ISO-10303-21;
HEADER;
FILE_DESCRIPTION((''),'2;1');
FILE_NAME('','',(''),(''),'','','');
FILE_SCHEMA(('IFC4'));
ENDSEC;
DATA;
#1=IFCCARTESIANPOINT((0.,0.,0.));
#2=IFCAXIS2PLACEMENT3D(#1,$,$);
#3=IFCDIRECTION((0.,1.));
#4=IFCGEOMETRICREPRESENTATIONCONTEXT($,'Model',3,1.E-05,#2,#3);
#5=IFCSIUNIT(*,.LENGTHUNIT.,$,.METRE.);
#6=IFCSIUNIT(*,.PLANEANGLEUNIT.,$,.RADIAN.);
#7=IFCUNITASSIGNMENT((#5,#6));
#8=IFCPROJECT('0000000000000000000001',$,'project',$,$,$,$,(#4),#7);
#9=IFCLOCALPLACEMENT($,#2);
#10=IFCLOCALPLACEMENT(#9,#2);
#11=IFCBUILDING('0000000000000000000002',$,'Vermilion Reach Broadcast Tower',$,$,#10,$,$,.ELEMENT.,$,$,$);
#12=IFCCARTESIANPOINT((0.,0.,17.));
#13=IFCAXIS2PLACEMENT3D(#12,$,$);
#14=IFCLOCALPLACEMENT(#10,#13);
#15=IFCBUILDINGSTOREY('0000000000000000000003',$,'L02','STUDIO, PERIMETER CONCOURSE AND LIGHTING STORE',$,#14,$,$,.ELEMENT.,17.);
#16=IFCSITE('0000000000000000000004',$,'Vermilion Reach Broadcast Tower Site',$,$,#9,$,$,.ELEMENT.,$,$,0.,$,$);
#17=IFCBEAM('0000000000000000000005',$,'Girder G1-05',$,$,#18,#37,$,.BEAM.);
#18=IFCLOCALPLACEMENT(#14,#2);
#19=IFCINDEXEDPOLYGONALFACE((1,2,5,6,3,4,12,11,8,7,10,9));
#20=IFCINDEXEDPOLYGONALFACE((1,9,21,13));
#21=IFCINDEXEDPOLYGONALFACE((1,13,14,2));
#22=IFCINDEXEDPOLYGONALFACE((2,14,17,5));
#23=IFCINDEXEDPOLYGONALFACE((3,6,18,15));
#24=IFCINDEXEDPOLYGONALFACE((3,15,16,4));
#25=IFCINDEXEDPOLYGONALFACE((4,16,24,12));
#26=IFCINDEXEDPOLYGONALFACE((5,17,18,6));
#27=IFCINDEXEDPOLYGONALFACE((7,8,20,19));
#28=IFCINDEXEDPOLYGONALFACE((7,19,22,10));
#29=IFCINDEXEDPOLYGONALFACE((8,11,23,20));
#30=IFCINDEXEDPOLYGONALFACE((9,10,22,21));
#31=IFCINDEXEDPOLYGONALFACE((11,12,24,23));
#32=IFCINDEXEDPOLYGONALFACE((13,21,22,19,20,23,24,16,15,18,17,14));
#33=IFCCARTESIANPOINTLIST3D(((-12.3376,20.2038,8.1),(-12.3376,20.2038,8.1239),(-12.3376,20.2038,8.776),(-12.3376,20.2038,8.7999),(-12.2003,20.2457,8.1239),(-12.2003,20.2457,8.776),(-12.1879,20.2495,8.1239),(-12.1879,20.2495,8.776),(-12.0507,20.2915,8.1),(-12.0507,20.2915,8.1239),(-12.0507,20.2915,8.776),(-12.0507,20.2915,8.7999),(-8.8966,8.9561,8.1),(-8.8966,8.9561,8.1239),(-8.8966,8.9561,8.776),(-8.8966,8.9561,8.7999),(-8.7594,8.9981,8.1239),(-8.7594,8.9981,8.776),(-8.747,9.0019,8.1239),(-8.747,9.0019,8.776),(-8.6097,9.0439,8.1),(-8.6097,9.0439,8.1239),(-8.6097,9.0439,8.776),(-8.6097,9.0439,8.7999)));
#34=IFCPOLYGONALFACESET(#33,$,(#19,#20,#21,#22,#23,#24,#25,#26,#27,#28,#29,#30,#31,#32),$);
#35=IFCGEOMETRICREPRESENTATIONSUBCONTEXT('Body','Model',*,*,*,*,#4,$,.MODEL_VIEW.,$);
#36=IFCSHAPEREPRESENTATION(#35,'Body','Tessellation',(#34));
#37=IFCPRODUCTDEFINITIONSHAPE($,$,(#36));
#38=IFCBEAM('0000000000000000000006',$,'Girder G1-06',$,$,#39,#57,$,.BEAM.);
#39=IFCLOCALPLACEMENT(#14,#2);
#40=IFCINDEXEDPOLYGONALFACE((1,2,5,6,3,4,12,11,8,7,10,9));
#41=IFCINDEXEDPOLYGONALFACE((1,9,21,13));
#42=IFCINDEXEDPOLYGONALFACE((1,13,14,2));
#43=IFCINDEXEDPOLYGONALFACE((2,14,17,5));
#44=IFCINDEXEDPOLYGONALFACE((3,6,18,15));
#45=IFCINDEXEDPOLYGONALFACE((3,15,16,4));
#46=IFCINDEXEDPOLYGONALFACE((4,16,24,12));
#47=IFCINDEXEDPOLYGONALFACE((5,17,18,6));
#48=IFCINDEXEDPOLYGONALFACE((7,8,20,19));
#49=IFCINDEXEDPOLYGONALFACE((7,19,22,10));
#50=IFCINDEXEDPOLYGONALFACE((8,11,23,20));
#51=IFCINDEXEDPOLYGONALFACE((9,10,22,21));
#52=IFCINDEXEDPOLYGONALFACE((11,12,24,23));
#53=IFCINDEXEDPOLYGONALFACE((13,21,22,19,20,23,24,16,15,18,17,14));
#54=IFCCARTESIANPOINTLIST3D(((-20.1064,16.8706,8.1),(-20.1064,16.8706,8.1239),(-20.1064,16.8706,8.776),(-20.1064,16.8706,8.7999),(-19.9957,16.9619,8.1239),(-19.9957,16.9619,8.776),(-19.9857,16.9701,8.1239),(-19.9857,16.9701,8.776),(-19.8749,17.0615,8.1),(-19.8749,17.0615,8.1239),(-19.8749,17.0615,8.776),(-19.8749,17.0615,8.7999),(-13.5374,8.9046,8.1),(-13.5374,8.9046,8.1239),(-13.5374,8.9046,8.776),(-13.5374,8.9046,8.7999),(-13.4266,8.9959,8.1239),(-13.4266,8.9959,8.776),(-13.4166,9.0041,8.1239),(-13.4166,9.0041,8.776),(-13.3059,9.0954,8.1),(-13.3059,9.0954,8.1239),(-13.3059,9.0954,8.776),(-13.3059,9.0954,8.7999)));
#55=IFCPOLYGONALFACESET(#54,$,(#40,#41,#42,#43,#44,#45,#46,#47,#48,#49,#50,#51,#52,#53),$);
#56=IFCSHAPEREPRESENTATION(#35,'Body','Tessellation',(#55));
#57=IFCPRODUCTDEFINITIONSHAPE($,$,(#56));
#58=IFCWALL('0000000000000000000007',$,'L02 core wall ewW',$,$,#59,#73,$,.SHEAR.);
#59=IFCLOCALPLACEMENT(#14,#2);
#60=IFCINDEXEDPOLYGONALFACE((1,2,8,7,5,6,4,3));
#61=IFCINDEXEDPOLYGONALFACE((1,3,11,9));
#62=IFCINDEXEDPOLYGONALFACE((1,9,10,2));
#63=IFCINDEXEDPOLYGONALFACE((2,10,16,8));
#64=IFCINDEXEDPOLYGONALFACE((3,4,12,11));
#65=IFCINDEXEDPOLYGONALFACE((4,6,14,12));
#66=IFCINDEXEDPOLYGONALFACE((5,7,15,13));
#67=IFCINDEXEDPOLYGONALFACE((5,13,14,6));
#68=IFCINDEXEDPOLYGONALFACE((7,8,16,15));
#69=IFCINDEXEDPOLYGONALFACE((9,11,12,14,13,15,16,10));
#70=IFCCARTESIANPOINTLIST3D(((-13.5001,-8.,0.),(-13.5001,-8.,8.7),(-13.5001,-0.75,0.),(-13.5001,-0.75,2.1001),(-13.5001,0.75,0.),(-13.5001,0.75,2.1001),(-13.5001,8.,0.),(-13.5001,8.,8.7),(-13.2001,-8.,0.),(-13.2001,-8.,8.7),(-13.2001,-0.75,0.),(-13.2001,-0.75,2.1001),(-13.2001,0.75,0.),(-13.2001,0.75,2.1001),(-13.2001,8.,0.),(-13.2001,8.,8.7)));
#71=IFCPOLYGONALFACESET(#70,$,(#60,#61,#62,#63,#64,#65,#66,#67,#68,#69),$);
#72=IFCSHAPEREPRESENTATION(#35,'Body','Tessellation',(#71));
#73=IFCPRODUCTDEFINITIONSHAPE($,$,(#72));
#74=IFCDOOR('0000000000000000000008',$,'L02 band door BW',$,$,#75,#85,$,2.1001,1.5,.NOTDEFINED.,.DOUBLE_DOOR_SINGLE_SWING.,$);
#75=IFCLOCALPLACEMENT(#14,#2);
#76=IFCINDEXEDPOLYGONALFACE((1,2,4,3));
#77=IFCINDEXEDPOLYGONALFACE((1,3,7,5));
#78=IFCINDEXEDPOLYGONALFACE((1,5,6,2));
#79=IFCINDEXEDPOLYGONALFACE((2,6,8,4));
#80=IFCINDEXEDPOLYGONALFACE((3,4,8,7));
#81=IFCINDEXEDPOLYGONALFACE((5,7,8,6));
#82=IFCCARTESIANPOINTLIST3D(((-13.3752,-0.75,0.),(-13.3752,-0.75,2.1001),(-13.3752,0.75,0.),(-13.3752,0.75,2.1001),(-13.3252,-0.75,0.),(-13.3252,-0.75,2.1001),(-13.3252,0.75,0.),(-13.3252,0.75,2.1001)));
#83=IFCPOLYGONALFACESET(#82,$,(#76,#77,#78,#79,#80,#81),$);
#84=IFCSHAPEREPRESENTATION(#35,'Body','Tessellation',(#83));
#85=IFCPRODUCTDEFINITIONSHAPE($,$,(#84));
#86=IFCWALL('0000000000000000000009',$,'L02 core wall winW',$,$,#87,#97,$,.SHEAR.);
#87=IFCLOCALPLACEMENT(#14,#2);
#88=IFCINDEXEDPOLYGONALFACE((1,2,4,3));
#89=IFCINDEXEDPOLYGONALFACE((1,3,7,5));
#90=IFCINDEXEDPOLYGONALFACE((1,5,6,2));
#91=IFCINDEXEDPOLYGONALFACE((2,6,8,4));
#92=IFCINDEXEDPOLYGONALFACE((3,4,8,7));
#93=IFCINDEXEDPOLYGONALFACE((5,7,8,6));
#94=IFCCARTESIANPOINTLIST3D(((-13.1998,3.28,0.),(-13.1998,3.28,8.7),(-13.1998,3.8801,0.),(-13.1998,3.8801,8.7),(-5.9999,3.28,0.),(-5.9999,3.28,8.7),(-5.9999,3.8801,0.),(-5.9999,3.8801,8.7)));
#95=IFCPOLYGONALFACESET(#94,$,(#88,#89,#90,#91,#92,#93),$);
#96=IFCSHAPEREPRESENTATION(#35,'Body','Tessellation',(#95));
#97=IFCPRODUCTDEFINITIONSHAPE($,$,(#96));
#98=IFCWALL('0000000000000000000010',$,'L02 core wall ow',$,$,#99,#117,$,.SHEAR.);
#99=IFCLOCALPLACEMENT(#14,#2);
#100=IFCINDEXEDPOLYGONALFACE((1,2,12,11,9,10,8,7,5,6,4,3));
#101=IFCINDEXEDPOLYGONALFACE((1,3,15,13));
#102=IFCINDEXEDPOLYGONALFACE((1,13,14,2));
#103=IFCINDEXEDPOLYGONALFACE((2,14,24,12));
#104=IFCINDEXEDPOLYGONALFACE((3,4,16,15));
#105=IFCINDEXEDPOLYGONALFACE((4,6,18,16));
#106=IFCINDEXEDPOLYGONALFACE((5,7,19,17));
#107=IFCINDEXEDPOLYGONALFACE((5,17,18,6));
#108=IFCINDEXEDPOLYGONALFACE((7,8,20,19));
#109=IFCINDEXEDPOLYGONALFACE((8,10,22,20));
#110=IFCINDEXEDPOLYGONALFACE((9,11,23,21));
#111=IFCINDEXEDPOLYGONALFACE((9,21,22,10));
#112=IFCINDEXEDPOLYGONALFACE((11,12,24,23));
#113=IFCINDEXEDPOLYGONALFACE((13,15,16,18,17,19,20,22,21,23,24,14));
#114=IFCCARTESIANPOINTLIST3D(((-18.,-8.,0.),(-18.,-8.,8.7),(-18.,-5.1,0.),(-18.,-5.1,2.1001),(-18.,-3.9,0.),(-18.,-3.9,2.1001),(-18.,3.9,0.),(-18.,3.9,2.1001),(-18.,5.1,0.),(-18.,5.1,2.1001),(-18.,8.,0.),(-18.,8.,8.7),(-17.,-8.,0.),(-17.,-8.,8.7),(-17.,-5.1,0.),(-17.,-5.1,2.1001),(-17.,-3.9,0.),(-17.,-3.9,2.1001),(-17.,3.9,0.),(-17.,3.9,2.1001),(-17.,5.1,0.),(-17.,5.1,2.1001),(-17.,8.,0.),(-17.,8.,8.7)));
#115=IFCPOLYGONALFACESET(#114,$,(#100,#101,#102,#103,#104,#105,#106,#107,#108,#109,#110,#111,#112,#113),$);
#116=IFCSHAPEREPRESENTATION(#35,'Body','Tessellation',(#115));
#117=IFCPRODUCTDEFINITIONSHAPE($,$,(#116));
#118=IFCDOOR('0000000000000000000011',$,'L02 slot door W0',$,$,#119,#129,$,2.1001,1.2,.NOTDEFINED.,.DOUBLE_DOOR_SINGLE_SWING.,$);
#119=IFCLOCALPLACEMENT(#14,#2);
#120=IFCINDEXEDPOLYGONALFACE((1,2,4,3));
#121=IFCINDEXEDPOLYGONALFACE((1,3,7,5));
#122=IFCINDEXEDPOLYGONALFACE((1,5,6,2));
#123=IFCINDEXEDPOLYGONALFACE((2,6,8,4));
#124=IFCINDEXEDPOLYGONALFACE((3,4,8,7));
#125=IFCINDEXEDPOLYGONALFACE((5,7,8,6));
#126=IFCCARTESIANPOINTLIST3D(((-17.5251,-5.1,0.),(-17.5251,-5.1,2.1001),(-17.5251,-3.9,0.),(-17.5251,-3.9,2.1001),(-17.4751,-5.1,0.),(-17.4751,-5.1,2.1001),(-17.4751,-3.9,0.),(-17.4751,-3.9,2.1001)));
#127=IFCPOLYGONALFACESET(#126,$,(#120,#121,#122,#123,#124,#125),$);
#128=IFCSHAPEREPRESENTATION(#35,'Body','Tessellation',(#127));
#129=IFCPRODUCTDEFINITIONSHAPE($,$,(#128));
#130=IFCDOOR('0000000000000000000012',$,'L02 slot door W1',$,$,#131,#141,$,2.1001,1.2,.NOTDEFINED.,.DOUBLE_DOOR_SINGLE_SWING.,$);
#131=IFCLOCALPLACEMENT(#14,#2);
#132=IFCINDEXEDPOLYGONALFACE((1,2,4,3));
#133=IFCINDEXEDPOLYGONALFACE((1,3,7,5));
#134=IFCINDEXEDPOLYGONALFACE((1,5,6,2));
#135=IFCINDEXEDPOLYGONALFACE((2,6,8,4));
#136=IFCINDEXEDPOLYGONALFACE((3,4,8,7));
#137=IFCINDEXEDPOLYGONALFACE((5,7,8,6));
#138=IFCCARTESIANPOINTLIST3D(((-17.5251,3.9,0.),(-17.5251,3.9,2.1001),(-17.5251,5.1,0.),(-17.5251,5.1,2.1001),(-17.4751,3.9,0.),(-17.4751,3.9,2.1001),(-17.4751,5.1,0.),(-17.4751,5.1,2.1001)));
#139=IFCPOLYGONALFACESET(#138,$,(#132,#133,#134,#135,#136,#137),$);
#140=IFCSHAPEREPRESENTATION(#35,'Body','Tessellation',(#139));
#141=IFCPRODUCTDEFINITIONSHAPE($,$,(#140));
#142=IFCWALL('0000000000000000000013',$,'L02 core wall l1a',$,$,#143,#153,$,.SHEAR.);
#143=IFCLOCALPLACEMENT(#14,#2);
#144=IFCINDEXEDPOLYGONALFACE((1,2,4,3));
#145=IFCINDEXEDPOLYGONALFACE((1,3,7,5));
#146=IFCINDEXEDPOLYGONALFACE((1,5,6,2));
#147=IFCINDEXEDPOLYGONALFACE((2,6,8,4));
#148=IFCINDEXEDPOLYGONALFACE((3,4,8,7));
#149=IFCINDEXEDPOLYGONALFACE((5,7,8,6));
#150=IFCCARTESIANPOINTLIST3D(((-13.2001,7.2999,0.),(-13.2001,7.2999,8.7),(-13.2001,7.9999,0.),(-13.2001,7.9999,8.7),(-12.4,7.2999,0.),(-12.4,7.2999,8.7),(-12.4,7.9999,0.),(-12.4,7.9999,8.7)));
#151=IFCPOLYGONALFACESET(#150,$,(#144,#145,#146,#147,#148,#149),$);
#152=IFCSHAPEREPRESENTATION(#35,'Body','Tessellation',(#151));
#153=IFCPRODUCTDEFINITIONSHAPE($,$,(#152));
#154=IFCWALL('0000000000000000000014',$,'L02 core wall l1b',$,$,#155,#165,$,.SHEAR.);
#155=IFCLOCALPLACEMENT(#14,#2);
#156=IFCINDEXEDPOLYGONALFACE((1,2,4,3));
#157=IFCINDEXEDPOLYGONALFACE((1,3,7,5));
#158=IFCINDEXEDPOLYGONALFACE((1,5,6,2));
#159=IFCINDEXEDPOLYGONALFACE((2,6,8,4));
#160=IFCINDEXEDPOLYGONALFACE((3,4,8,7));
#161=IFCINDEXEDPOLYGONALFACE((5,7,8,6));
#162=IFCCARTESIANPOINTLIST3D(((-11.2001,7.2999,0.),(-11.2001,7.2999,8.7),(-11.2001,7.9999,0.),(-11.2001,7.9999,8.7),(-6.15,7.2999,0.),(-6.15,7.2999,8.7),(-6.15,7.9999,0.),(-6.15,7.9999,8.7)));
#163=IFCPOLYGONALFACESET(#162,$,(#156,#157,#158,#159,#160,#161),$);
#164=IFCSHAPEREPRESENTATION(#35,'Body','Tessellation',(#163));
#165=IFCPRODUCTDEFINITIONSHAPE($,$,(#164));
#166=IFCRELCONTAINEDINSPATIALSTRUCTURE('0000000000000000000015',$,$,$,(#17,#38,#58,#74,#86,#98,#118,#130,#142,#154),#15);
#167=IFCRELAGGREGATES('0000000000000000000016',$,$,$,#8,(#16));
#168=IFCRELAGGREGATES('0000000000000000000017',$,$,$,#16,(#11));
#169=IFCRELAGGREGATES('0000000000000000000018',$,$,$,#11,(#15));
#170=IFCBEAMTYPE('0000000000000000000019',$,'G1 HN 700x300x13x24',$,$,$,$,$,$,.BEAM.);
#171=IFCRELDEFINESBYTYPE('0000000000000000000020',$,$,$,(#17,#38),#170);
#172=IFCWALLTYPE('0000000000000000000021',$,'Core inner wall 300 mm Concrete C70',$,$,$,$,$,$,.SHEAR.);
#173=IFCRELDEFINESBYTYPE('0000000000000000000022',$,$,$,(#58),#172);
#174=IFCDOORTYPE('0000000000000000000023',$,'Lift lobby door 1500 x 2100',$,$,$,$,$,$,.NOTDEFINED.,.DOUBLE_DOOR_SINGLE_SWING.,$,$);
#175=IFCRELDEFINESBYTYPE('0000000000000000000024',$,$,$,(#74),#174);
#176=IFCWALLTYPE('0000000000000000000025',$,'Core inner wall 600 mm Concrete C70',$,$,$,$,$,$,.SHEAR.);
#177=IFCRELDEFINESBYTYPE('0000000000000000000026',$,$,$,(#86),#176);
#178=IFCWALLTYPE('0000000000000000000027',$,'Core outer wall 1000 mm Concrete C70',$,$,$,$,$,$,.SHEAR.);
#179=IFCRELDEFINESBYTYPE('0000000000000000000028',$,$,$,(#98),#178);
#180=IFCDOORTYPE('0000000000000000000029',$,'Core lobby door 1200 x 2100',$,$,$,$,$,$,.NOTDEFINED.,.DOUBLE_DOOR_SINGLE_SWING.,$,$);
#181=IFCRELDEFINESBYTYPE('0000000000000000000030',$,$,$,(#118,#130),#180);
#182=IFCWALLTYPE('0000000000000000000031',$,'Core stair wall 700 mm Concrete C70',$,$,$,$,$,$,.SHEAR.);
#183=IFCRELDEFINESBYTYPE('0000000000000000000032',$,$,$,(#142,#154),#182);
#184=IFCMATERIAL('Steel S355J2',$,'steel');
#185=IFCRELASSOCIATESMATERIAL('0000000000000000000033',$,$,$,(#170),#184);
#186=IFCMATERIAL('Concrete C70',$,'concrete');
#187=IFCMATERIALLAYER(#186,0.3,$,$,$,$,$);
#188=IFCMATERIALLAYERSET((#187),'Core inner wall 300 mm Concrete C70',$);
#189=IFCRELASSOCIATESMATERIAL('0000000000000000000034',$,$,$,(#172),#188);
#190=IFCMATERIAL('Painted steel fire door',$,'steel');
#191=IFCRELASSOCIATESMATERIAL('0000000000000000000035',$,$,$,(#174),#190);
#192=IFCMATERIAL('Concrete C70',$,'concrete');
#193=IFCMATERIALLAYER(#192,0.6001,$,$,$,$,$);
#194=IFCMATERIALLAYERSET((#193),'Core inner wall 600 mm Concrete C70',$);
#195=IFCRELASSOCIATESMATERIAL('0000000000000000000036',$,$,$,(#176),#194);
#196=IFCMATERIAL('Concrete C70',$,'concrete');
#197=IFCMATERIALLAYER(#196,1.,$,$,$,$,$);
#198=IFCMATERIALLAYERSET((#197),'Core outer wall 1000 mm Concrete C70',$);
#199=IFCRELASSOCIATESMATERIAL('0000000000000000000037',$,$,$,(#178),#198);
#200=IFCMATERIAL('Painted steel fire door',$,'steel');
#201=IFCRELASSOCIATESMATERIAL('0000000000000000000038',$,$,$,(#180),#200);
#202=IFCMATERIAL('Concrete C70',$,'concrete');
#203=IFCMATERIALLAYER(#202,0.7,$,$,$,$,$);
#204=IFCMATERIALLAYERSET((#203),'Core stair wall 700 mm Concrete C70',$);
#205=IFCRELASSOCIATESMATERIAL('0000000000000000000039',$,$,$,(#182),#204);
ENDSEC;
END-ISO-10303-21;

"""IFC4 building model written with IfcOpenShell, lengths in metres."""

from ifc_helpers import new_model, si_unit, direction, frame, frame_2d, origin, origin_2d, place, context, subcontext, project, spatial, rectangle, i_section, extrude, material, layer, layer_set, material_profile, profile_set, type_object, element, fill, save


model = new_model("IFC4")

# Units and contexts
model_context = context("Model", 3, precision=1e-05, world=origin(), true_north=direction((0.0, 1.0)))
body_context = subcontext(model_context, "Body", "Model", "MODEL_VIEW")
ifc_project = project(units=[si_unit("LENGTHUNIT", "METRE"), si_unit("PLANEANGLEUNIT", "RADIAN")], contexts=[model_context])

# Site, building, storey
site_placement = place(None, origin())
site = spatial("IfcSite", under=ifc_project, at=site_placement, Name="Vermilion Reach Broadcast Tower Site", CompositionType="ELEMENT", RefElevation=0.0)
building_placement = place(site_placement, origin())
building = spatial("IfcBuilding", under=site, at=building_placement, Name="Vermilion Reach Broadcast Tower", CompositionType="ELEMENT")
storey_placement = place(building_placement, frame((0.0, 0.0, 17.0)))
storey = spatial("IfcBuildingStorey", under=building, at=storey_placement, Name="L02", Description="STUDIO, PERIMETER CONCOURSE AND LIGHTING STORE", CompositionType="ELEMENT", Elevation=17.0)

# Beams
ifc_material_1 = material(Name="Steel S355J2", Category="steel")
ifc_material_profile = material_profile(ifc_material_1, i_section(OverallWidth=0.3, OverallDepth=0.7, WebThickness=0.0129, FlangeThickness=0.0239, at=origin_2d()), Name="S355J2 HN 700x300x13x24")
ifc_profile_set = profile_set([ifc_material_profile], Name="Steel S355J2")
beam_type = type_object("IfcBeamType", Name="G1 HN 700x300x13x24", PredefinedType="BEAM", material=ifc_profile_set)
beam_1_placement = place(storey_placement, frame((-8.7532, 9.0, 8.45), z_axis=(-0.292542, 0.956253, 0.0), x_axis=(-0.956253, -0.292542, 0.0)))
element("IfcBeam", 1, at=beam_1_placement, inside=storey, type_object=beam_type, Name="Girder G1-05", PredefinedType="BEAM", context=body_context, shape_type="SweptSolid", body=[
    extrude(i_section(OverallWidth=0.3, OverallDepth=0.7, WebThickness=0.0129, FlangeThickness=0.0239, at=origin_2d()), origin(), (0.0, 0.0, 1.0), 11.7622),
])
beam_2_placement = place(storey_placement, frame((-13.4216, 9.0, 8.45), z_axis=(-0.636215, 0.771512, 0.0), x_axis=(-0.771512, -0.636215, 0.0)))
element("IfcBeam", 2, at=beam_2_placement, inside=storey, type_object=beam_type, Name="Girder G1-06", PredefinedType="BEAM", context=body_context, shape_type="SweptSolid", body=[
    extrude(i_section(OverallWidth=0.3, OverallDepth=0.7, WebThickness=0.0129, FlangeThickness=0.0239, at=origin_2d()), origin(), (0.0, 0.0, 1.0), 10.3252),
])

# Wall, opening, door
ifc_material_2 = material(Name="Concrete C70", Category="concrete")
ifc_layer_1 = layer(ifc_material_2, 0.3)
ifc_layer_set_1 = layer_set([ifc_layer_1], Name="Core inner wall 300 mm Concrete C70")
wall_type_1 = type_object("IfcWallType", Name="Core inner wall 300 mm Concrete C70", PredefinedType="SHEAR", material=ifc_layer_set_1)
wall_1_placement = place(storey_placement, frame((-13.3501, 8.0, 0.0), z_axis=(0.0, 0.0, 1.0), x_axis=(0.0, -1.0, 0.0)))
wall_1 = element("IfcWall", 3, at=wall_1_placement, inside=storey, type_object=wall_type_1, Name="L02 core wall ewW", PredefinedType="SHEAR", context=body_context, shape_type="SweptSolid", body=[
    extrude(rectangle(XDim=16.0, YDim=0.3, at=frame_2d((8.0, 0.0))), origin(), (0.0, 0.0, 1.0), 8.7),
])
opening_1_placement = place(wall_1_placement, frame((7.25, 0.0, 0.0)))
opening_1 = element("IfcOpeningElement", 4, at=opening_1_placement, cuts=wall_1, PredefinedType="OPENING", context=body_context, shape_type="SweptSolid", body=[
    extrude(rectangle(XDim=1.5, YDim=2.1001, at=frame_2d((0.75, 1.05))), frame((0.0, 0.1599, 0.0), z_axis=(0.0, -1.0, 0.0), x_axis=(1.0, 0.0, 0.0)), (0.0, 0.0, 1.0), 0.3201),
])
ifc_material_3 = material(Name="Painted steel fire door", Category="steel")
door_type_1 = type_object("IfcDoorType", Name="Lift lobby door 1500 x 2100", OperationType="DOUBLE_DOOR_SINGLE_SWING", PredefinedType="NOTDEFINED", material=ifc_material_3)
door_1_placement = place(opening_1_placement, origin())
door_1 = element("IfcDoor", 5, at=door_1_placement, inside=storey, type_object=door_type_1, Name="L02 band door BW", OperationType="DOUBLE_DOOR_SINGLE_SWING", OverallHeight=2.1001, OverallWidth=1.5, PredefinedType="NOTDEFINED", context=body_context, shape_type="SweptSolid", body=[
    extrude(rectangle(XDim=1.5, YDim=2.1001, at=frame_2d((0.75, 1.05))), frame((0.0, 0.0249, 0.0), z_axis=(0.0, -1.0, 0.0), x_axis=(1.0, 0.0, 0.0)), (0.0, 0.0, 1.0), 0.05),
])
fill(opening_1, door_1)

# Wall
ifc_material_4 = material(Name="Concrete C70", Category="concrete")
ifc_layer_2 = layer(ifc_material_4, 0.6001)
ifc_layer_set_2 = layer_set([ifc_layer_2], Name="Core inner wall 600 mm Concrete C70")
wall_type_2 = type_object("IfcWallType", Name="Core inner wall 600 mm Concrete C70", PredefinedType="SHEAR", material=ifc_layer_set_2)
wall_2_placement = place(storey_placement, frame((-13.2, 3.5801, 0.0), z_axis=(0.0, 0.0, 1.0), x_axis=(1.0, 0.0, 0.0)))
element("IfcWall", 6, at=wall_2_placement, inside=storey, type_object=wall_type_2, Name="L02 core wall winW", PredefinedType="SHEAR", context=body_context, shape_type="SweptSolid", body=[
    extrude(rectangle(XDim=7.2, YDim=0.6001, at=frame_2d((3.6001, 0.0))), origin(), (0.0, 0.0, 1.0), 8.7),
])

# Wall, openings, doors
ifc_material_5 = material(Name="Concrete C70", Category="concrete")
ifc_layer_3 = layer(ifc_material_5, 1.0)
ifc_layer_set_3 = layer_set([ifc_layer_3], Name="Core outer wall 1000 mm Concrete C70")
wall_type_3 = type_object("IfcWallType", Name="Core outer wall 1000 mm Concrete C70", PredefinedType="SHEAR", material=ifc_layer_set_3)
wall_3_placement = place(storey_placement, frame((-17.5, 8.0, 0.0), z_axis=(0.0, 0.0, 1.0), x_axis=(0.0, -1.0, 0.0)))
wall_3 = element("IfcWall", 7, at=wall_3_placement, inside=storey, type_object=wall_type_3, Name="L02 core wall ow", PredefinedType="SHEAR", context=body_context, shape_type="SweptSolid", body=[
    extrude(rectangle(XDim=16.0, YDim=1.0, at=frame_2d((8.0, 0.0))), origin(), (0.0, 0.0, 1.0), 8.7),
])
opening_2_placement = place(wall_3_placement, frame((11.8999, 0.0, 0.0)))
opening_2 = element("IfcOpeningElement", 8, at=opening_2_placement, cuts=wall_3, PredefinedType="OPENING", context=body_context, shape_type="SweptSolid", body=[
    extrude(rectangle(XDim=1.2, YDim=2.1001, at=frame_2d((0.6001, 1.05))), frame((0.0, 0.51, 0.0), z_axis=(0.0, -1.0, 0.0), x_axis=(1.0, 0.0, 0.0)), (0.0, 0.0, 1.0), 1.02),
])
opening_3_placement = place(wall_3_placement, frame((2.8999, 0.0, 0.0)))
opening_3 = element("IfcOpeningElement", 9, at=opening_3_placement, cuts=wall_3, PredefinedType="OPENING", context=body_context, shape_type="SweptSolid", body=[
    extrude(rectangle(XDim=1.2, YDim=2.1001, at=frame_2d((0.6001, 1.05))), frame((0.0, 0.51, 0.0), z_axis=(0.0, -1.0, 0.0), x_axis=(1.0, 0.0, 0.0)), (0.0, 0.0, 1.0), 1.02),
])
ifc_material_6 = material(Name="Painted steel fire door", Category="steel")
door_type_2 = type_object("IfcDoorType", Name="Core lobby door 1200 x 2100", OperationType="DOUBLE_DOOR_SINGLE_SWING", PredefinedType="NOTDEFINED", material=ifc_material_6)
door_2_placement = place(opening_2_placement, origin())
door_2 = element("IfcDoor", 10, at=door_2_placement, inside=storey, type_object=door_type_2, Name="L02 slot door W0", OperationType="DOUBLE_DOOR_SINGLE_SWING", OverallHeight=2.1001, OverallWidth=1.2, PredefinedType="NOTDEFINED", context=body_context, shape_type="SweptSolid", body=[
    extrude(rectangle(XDim=1.2, YDim=2.1001, at=frame_2d((0.6001, 1.05))), frame((0.0, 0.0249, 0.0), z_axis=(0.0, -1.0, 0.0), x_axis=(1.0, 0.0, 0.0)), (0.0, 0.0, 1.0), 0.05),
])
fill(opening_2, door_2)
door_3_placement = place(opening_3_placement, origin())
door_3 = element("IfcDoor", 11, at=door_3_placement, inside=storey, type_object=door_type_2, Name="L02 slot door W1", OperationType="DOUBLE_DOOR_SINGLE_SWING", OverallHeight=2.1001, OverallWidth=1.2, PredefinedType="NOTDEFINED", context=body_context, shape_type="SweptSolid", body=[
    extrude(rectangle(XDim=1.2, YDim=2.1001, at=frame_2d((0.6001, 1.05))), frame((0.0, 0.0249, 0.0), z_axis=(0.0, -1.0, 0.0), x_axis=(1.0, 0.0, 0.0)), (0.0, 0.0, 1.0), 0.05),
])
fill(opening_3, door_3)

# Walls
ifc_material_7 = material(Name="Concrete C70", Category="concrete")
ifc_layer_4 = layer(ifc_material_7, 0.7)
ifc_layer_set_4 = layer_set([ifc_layer_4], Name="Core stair wall 700 mm Concrete C70")
wall_type_4 = type_object("IfcWallType", Name="Core stair wall 700 mm Concrete C70", PredefinedType="SHEAR", material=ifc_layer_set_4)
wall_4_placement = place(storey_placement, frame((-13.2, 7.6499, 0.0), z_axis=(0.0, 0.0, 1.0), x_axis=(1.0, 0.0, 0.0)))
element("IfcWall", 12, at=wall_4_placement, inside=storey, type_object=wall_type_4, Name="L02 core wall l1a", PredefinedType="SHEAR", context=body_context, shape_type="SweptSolid", body=[
    extrude(rectangle(XDim=0.8, YDim=0.7, at=frame_2d((0.3999, 0.0))), origin(), (0.0, 0.0, 1.0), 8.7),
])
wall_5_placement = place(storey_placement, frame((-11.2, 7.6499, 0.0), z_axis=(0.0, 0.0, 1.0), x_axis=(1.0, 0.0, 0.0)))
element("IfcWall", 13, at=wall_5_placement, inside=storey, type_object=wall_type_4, Name="L02 core wall l1b", PredefinedType="SHEAR", context=body_context, shape_type="SweptSolid", body=[
    extrude(rectangle(XDim=5.05, YDim=0.7, at=frame_2d((2.5249, 0.0))), origin(), (0.0, 0.0, 1.0), 8.7),
])

save(model, "model.ifc")
